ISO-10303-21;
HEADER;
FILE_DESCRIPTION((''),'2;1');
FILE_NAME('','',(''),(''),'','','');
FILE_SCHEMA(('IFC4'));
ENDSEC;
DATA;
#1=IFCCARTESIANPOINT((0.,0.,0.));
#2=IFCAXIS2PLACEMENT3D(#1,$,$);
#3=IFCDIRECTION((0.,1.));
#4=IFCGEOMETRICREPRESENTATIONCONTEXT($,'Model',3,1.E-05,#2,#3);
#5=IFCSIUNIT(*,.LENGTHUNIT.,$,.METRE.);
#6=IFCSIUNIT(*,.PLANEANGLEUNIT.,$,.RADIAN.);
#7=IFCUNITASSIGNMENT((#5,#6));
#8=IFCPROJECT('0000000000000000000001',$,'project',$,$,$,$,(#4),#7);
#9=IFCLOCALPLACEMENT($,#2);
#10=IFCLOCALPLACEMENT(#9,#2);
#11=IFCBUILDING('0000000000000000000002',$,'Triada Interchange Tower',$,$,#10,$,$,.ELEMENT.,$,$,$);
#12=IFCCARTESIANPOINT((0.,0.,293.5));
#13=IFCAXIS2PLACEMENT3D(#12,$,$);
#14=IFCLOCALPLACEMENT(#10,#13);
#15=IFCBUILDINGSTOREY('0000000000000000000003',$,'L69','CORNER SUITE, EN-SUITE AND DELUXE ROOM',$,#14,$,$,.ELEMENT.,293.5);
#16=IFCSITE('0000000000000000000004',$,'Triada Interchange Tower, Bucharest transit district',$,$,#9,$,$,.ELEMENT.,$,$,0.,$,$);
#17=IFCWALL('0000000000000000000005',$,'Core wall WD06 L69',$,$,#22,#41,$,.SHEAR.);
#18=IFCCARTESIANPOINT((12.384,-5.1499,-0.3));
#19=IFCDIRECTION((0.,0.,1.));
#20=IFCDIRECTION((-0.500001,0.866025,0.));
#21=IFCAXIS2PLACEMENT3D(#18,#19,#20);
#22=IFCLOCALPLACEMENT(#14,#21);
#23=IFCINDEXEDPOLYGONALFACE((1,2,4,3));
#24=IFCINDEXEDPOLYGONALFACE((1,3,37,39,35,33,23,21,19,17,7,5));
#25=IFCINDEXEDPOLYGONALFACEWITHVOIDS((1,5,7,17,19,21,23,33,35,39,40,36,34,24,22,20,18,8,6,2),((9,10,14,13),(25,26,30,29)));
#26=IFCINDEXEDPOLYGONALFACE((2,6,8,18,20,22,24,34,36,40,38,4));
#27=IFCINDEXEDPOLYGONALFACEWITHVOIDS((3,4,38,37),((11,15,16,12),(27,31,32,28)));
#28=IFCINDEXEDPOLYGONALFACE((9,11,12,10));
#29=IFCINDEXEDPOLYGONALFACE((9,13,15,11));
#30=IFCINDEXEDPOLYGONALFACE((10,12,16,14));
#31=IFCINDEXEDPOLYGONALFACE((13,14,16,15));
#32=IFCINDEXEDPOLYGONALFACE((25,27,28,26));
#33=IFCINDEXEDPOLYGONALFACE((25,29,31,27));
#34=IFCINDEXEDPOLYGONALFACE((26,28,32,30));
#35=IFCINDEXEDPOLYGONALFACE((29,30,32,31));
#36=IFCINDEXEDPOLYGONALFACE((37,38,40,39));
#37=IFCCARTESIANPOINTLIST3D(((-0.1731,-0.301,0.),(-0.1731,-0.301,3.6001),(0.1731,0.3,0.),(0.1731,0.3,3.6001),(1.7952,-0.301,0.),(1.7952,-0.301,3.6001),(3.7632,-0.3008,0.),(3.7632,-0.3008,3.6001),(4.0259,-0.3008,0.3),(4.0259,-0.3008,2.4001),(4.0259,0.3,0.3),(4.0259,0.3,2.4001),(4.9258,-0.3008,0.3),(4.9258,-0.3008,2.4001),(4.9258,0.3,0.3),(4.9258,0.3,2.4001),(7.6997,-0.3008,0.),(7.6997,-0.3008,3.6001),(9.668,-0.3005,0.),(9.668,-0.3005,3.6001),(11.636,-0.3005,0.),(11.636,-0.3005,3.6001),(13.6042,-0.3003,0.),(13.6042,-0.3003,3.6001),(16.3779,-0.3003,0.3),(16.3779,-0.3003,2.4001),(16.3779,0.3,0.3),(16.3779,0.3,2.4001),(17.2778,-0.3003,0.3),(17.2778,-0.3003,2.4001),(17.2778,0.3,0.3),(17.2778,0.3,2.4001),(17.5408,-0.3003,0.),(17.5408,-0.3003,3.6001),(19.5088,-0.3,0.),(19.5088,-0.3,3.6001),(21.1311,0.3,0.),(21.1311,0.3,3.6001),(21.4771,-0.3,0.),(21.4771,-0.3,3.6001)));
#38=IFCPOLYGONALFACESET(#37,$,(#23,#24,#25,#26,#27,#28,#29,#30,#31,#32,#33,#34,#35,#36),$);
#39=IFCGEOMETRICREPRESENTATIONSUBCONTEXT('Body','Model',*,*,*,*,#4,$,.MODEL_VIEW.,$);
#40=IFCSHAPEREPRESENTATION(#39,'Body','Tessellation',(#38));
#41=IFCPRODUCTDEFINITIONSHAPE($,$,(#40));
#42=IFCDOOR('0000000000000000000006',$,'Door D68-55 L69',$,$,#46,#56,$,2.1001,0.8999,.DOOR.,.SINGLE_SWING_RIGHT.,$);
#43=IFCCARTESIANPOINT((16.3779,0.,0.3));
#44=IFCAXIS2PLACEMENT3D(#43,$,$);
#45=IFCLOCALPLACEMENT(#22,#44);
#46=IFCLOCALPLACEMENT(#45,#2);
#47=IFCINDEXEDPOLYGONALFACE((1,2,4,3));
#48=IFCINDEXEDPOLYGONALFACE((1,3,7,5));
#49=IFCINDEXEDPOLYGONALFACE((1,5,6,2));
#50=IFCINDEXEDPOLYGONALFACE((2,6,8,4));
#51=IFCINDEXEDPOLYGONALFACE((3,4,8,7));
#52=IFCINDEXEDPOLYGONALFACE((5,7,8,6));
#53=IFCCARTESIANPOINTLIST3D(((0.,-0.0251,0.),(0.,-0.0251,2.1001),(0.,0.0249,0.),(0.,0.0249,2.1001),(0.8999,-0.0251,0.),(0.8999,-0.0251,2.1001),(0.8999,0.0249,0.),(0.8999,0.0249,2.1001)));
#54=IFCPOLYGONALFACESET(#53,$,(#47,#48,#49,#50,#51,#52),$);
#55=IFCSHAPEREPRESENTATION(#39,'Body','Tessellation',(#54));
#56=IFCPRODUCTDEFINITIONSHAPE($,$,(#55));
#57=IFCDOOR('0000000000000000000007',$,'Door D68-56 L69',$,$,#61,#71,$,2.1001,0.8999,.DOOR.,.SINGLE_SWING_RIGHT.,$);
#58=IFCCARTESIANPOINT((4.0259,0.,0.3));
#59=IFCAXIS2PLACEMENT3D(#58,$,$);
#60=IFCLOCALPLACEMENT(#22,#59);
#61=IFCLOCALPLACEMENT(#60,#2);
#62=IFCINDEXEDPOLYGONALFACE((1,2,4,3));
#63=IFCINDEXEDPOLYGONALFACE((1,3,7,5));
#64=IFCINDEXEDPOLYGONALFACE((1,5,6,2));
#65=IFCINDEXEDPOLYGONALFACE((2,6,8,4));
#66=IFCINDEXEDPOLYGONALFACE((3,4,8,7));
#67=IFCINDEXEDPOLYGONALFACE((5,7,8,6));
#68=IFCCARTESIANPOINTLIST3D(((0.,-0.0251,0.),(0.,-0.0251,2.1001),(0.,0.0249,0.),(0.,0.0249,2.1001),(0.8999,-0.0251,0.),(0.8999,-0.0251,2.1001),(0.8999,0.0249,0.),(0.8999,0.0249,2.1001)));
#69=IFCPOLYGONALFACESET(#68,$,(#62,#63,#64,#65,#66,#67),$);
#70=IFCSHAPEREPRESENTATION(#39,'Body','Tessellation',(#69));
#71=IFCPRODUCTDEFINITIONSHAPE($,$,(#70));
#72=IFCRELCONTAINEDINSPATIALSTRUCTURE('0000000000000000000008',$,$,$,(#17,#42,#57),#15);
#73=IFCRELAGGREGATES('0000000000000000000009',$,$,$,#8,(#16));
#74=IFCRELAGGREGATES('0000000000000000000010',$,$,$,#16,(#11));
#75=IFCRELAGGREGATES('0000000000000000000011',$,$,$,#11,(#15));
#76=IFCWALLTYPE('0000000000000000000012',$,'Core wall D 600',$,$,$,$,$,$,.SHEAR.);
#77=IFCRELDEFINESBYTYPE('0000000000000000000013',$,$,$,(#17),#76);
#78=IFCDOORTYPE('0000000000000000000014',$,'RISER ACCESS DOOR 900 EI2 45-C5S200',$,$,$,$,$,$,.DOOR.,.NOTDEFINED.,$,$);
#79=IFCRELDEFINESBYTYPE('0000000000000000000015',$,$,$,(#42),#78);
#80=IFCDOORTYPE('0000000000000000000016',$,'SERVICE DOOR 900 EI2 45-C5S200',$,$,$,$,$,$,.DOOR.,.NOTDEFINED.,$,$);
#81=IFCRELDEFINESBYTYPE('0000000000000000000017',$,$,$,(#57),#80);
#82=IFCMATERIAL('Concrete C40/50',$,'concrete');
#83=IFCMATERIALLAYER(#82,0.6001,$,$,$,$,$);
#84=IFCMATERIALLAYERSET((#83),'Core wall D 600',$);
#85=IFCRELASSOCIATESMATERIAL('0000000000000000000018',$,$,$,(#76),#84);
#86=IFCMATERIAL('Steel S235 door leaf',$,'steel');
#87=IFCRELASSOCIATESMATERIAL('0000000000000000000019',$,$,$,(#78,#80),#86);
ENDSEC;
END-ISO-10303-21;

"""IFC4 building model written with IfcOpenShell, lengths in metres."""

from ifc_helpers import new_model, si_unit, direction, frame, frame_2d, origin, place, context, subcontext, project, spatial, polyline, rectangle, outline, extrude, material, layer, layer_set, type_object, element, fill, save


model = new_model("IFC4")

# Units and contexts
model_context = context("Model", 3, precision=1e-05, world=origin(), true_north=direction((0.0, 1.0)))
body_context = subcontext(model_context, "Body", "Model", "MODEL_VIEW")
ifc_project = project(units=[si_unit("LENGTHUNIT", "METRE"), si_unit("PLANEANGLEUNIT", "RADIAN")], contexts=[model_context])

# Site, building, storey
site_placement = place(None, origin())
site = spatial("IfcSite", under=ifc_project, at=site_placement, Name="Triada Interchange Tower, Bucharest transit district", CompositionType="ELEMENT", RefElevation=0.0)
building_placement = place(site_placement, origin())
building = spatial("IfcBuilding", under=site, at=building_placement, Name="Triada Interchange Tower", CompositionType="ELEMENT")
storey_placement = place(building_placement, frame((0.0, 0.0, 293.5)))
storey = spatial("IfcBuildingStorey", under=building, at=storey_placement, Name="L69", Description="CORNER SUITE, EN-SUITE AND DELUXE ROOM", CompositionType="ELEMENT", Elevation=293.5)

# Shared definitions
ifc_material_1 = material(Name="Concrete C40/50", Category="concrete")

# Wall, openings, doors
ifc_layer_1 = layer(ifc_material_1, 0.6001)
ifc_layer_set_1 = layer_set([ifc_layer_1], Name="Core wall D 600")
wall_type_1 = type_object("IfcWallType", Name="Core wall D 600", PredefinedType="SHEAR", material=ifc_layer_set_1)
wall_1_placement = place(storey_placement, frame((12.384, -5.1499, -0.3), z_axis=(0.0, 0.0, 1.0), x_axis=(-0.500001, 0.866025, 0.0)))
wall_1 = element("IfcWall", 1, at=wall_1_placement, inside=storey, type_object=wall_type_1, Name="Core wall WD06 L69", PredefinedType="SHEAR", context=body_context, shape_type="SweptSolid", body=[
    extrude(outline(polyline([(-0.1731, -0.301), (1.7952, -0.301), (3.7632, -0.3008), (5.7314, -0.3008), (7.6997, -0.3008), (9.668, -0.3005), (11.636, -0.3005), (13.6042, -0.3003), (15.5725, -0.3003), (17.5408, -0.3003), (19.5088, -0.3), (21.4771, -0.3), (21.1311, 0.3), (19.2258, 0.3), (17.3206, 0.3), (15.4153, 0.3), (13.51, 0.3), (11.6047, 0.3), (9.6995, 0.3), (7.7942, 0.3), (5.8889, 0.3), (3.9836, 0.3), (2.0784, 0.3), (0.1731, 0.3), (-0.1731, -0.301)])), origin(), (0.0, 0.0, 1.0), 3.6001),
])
opening_1_placement = place(wall_1_placement, frame((16.3779, 0.0, 0.3)))
opening_1 = element("IfcOpeningElement", 2, at=opening_1_placement, cuts=wall_1, PredefinedType="OPENING", context=body_context, shape_type="SweptSolid", body=[
    extrude(rectangle(XDim=0.8999, YDim=2.1001, at=frame_2d((0.45, 1.05))), frame((0.0, 0.3101, 0.0), z_axis=(0.0, -1.0, 0.0), x_axis=(1.0, 0.0, 0.0)), (0.0, 0.0, 1.0), 0.6211),
])
opening_2_placement = place(wall_1_placement, frame((4.0259, 0.0, 0.3)))
opening_2 = element("IfcOpeningElement", 3, at=opening_2_placement, cuts=wall_1, PredefinedType="OPENING", context=body_context, shape_type="SweptSolid", body=[
    extrude(rectangle(XDim=0.8999, YDim=2.1001, at=frame_2d((0.45, 1.05))), frame((0.0, 0.3101, 0.0), z_axis=(0.0, -1.0, 0.0), x_axis=(1.0, 0.0, 0.0)), (0.0, 0.0, 1.0), 0.6211),
])
ifc_material_2 = material(Name="Steel S235 door leaf", Category="steel")
door_type_1 = type_object("IfcDoorType", Name="RISER ACCESS DOOR 900 EI2 45-C5S200", OperationType="NOTDEFINED", PredefinedType="DOOR", material=ifc_material_2)
door_1_placement = place(opening_1_placement, origin())
door_1 = element("IfcDoor", 4, at=door_1_placement, inside=storey, type_object=door_type_1, Name="Door D68-55 L69", OperationType="SINGLE_SWING_RIGHT", OverallHeight=2.1001, OverallWidth=0.8999, PredefinedType="DOOR", context=body_context, shape_type="SweptSolid", body=[
    extrude(rectangle(XDim=0.8999, YDim=2.1001, at=frame_2d((0.45, 1.05))), frame((0.0, 0.0249, 0.0), z_axis=(0.0, -1.0, 0.0), x_axis=(1.0, 0.0, 0.0)), (0.0, 0.0, 1.0), 0.05),
])
fill(opening_1, door_1)
door_type_2 = type_object("IfcDoorType", Name="SERVICE DOOR 900 EI2 45-C5S200", OperationType="NOTDEFINED", PredefinedType="DOOR", material=ifc_material_2)
door_2_placement = place(opening_2_placement, origin())
door_2 = element("IfcDoor", 5, at=door_2_placement, inside=storey, type_object=door_type_2, Name="Door D68-56 L69", OperationType="SINGLE_SWING_RIGHT", OverallHeight=2.1001, OverallWidth=0.8999, PredefinedType="DOOR", context=body_context, shape_type="SweptSolid", body=[
    extrude(rectangle(XDim=0.8999, YDim=2.1001, at=frame_2d((0.45, 1.05))), frame((0.0, 0.0249, 0.0), z_axis=(0.0, -1.0, 0.0), x_axis=(1.0, 0.0, 0.0)), (0.0, 0.0, 1.0), 0.05),
])
fill(opening_2, door_2)

save(model, "model.ifc")
